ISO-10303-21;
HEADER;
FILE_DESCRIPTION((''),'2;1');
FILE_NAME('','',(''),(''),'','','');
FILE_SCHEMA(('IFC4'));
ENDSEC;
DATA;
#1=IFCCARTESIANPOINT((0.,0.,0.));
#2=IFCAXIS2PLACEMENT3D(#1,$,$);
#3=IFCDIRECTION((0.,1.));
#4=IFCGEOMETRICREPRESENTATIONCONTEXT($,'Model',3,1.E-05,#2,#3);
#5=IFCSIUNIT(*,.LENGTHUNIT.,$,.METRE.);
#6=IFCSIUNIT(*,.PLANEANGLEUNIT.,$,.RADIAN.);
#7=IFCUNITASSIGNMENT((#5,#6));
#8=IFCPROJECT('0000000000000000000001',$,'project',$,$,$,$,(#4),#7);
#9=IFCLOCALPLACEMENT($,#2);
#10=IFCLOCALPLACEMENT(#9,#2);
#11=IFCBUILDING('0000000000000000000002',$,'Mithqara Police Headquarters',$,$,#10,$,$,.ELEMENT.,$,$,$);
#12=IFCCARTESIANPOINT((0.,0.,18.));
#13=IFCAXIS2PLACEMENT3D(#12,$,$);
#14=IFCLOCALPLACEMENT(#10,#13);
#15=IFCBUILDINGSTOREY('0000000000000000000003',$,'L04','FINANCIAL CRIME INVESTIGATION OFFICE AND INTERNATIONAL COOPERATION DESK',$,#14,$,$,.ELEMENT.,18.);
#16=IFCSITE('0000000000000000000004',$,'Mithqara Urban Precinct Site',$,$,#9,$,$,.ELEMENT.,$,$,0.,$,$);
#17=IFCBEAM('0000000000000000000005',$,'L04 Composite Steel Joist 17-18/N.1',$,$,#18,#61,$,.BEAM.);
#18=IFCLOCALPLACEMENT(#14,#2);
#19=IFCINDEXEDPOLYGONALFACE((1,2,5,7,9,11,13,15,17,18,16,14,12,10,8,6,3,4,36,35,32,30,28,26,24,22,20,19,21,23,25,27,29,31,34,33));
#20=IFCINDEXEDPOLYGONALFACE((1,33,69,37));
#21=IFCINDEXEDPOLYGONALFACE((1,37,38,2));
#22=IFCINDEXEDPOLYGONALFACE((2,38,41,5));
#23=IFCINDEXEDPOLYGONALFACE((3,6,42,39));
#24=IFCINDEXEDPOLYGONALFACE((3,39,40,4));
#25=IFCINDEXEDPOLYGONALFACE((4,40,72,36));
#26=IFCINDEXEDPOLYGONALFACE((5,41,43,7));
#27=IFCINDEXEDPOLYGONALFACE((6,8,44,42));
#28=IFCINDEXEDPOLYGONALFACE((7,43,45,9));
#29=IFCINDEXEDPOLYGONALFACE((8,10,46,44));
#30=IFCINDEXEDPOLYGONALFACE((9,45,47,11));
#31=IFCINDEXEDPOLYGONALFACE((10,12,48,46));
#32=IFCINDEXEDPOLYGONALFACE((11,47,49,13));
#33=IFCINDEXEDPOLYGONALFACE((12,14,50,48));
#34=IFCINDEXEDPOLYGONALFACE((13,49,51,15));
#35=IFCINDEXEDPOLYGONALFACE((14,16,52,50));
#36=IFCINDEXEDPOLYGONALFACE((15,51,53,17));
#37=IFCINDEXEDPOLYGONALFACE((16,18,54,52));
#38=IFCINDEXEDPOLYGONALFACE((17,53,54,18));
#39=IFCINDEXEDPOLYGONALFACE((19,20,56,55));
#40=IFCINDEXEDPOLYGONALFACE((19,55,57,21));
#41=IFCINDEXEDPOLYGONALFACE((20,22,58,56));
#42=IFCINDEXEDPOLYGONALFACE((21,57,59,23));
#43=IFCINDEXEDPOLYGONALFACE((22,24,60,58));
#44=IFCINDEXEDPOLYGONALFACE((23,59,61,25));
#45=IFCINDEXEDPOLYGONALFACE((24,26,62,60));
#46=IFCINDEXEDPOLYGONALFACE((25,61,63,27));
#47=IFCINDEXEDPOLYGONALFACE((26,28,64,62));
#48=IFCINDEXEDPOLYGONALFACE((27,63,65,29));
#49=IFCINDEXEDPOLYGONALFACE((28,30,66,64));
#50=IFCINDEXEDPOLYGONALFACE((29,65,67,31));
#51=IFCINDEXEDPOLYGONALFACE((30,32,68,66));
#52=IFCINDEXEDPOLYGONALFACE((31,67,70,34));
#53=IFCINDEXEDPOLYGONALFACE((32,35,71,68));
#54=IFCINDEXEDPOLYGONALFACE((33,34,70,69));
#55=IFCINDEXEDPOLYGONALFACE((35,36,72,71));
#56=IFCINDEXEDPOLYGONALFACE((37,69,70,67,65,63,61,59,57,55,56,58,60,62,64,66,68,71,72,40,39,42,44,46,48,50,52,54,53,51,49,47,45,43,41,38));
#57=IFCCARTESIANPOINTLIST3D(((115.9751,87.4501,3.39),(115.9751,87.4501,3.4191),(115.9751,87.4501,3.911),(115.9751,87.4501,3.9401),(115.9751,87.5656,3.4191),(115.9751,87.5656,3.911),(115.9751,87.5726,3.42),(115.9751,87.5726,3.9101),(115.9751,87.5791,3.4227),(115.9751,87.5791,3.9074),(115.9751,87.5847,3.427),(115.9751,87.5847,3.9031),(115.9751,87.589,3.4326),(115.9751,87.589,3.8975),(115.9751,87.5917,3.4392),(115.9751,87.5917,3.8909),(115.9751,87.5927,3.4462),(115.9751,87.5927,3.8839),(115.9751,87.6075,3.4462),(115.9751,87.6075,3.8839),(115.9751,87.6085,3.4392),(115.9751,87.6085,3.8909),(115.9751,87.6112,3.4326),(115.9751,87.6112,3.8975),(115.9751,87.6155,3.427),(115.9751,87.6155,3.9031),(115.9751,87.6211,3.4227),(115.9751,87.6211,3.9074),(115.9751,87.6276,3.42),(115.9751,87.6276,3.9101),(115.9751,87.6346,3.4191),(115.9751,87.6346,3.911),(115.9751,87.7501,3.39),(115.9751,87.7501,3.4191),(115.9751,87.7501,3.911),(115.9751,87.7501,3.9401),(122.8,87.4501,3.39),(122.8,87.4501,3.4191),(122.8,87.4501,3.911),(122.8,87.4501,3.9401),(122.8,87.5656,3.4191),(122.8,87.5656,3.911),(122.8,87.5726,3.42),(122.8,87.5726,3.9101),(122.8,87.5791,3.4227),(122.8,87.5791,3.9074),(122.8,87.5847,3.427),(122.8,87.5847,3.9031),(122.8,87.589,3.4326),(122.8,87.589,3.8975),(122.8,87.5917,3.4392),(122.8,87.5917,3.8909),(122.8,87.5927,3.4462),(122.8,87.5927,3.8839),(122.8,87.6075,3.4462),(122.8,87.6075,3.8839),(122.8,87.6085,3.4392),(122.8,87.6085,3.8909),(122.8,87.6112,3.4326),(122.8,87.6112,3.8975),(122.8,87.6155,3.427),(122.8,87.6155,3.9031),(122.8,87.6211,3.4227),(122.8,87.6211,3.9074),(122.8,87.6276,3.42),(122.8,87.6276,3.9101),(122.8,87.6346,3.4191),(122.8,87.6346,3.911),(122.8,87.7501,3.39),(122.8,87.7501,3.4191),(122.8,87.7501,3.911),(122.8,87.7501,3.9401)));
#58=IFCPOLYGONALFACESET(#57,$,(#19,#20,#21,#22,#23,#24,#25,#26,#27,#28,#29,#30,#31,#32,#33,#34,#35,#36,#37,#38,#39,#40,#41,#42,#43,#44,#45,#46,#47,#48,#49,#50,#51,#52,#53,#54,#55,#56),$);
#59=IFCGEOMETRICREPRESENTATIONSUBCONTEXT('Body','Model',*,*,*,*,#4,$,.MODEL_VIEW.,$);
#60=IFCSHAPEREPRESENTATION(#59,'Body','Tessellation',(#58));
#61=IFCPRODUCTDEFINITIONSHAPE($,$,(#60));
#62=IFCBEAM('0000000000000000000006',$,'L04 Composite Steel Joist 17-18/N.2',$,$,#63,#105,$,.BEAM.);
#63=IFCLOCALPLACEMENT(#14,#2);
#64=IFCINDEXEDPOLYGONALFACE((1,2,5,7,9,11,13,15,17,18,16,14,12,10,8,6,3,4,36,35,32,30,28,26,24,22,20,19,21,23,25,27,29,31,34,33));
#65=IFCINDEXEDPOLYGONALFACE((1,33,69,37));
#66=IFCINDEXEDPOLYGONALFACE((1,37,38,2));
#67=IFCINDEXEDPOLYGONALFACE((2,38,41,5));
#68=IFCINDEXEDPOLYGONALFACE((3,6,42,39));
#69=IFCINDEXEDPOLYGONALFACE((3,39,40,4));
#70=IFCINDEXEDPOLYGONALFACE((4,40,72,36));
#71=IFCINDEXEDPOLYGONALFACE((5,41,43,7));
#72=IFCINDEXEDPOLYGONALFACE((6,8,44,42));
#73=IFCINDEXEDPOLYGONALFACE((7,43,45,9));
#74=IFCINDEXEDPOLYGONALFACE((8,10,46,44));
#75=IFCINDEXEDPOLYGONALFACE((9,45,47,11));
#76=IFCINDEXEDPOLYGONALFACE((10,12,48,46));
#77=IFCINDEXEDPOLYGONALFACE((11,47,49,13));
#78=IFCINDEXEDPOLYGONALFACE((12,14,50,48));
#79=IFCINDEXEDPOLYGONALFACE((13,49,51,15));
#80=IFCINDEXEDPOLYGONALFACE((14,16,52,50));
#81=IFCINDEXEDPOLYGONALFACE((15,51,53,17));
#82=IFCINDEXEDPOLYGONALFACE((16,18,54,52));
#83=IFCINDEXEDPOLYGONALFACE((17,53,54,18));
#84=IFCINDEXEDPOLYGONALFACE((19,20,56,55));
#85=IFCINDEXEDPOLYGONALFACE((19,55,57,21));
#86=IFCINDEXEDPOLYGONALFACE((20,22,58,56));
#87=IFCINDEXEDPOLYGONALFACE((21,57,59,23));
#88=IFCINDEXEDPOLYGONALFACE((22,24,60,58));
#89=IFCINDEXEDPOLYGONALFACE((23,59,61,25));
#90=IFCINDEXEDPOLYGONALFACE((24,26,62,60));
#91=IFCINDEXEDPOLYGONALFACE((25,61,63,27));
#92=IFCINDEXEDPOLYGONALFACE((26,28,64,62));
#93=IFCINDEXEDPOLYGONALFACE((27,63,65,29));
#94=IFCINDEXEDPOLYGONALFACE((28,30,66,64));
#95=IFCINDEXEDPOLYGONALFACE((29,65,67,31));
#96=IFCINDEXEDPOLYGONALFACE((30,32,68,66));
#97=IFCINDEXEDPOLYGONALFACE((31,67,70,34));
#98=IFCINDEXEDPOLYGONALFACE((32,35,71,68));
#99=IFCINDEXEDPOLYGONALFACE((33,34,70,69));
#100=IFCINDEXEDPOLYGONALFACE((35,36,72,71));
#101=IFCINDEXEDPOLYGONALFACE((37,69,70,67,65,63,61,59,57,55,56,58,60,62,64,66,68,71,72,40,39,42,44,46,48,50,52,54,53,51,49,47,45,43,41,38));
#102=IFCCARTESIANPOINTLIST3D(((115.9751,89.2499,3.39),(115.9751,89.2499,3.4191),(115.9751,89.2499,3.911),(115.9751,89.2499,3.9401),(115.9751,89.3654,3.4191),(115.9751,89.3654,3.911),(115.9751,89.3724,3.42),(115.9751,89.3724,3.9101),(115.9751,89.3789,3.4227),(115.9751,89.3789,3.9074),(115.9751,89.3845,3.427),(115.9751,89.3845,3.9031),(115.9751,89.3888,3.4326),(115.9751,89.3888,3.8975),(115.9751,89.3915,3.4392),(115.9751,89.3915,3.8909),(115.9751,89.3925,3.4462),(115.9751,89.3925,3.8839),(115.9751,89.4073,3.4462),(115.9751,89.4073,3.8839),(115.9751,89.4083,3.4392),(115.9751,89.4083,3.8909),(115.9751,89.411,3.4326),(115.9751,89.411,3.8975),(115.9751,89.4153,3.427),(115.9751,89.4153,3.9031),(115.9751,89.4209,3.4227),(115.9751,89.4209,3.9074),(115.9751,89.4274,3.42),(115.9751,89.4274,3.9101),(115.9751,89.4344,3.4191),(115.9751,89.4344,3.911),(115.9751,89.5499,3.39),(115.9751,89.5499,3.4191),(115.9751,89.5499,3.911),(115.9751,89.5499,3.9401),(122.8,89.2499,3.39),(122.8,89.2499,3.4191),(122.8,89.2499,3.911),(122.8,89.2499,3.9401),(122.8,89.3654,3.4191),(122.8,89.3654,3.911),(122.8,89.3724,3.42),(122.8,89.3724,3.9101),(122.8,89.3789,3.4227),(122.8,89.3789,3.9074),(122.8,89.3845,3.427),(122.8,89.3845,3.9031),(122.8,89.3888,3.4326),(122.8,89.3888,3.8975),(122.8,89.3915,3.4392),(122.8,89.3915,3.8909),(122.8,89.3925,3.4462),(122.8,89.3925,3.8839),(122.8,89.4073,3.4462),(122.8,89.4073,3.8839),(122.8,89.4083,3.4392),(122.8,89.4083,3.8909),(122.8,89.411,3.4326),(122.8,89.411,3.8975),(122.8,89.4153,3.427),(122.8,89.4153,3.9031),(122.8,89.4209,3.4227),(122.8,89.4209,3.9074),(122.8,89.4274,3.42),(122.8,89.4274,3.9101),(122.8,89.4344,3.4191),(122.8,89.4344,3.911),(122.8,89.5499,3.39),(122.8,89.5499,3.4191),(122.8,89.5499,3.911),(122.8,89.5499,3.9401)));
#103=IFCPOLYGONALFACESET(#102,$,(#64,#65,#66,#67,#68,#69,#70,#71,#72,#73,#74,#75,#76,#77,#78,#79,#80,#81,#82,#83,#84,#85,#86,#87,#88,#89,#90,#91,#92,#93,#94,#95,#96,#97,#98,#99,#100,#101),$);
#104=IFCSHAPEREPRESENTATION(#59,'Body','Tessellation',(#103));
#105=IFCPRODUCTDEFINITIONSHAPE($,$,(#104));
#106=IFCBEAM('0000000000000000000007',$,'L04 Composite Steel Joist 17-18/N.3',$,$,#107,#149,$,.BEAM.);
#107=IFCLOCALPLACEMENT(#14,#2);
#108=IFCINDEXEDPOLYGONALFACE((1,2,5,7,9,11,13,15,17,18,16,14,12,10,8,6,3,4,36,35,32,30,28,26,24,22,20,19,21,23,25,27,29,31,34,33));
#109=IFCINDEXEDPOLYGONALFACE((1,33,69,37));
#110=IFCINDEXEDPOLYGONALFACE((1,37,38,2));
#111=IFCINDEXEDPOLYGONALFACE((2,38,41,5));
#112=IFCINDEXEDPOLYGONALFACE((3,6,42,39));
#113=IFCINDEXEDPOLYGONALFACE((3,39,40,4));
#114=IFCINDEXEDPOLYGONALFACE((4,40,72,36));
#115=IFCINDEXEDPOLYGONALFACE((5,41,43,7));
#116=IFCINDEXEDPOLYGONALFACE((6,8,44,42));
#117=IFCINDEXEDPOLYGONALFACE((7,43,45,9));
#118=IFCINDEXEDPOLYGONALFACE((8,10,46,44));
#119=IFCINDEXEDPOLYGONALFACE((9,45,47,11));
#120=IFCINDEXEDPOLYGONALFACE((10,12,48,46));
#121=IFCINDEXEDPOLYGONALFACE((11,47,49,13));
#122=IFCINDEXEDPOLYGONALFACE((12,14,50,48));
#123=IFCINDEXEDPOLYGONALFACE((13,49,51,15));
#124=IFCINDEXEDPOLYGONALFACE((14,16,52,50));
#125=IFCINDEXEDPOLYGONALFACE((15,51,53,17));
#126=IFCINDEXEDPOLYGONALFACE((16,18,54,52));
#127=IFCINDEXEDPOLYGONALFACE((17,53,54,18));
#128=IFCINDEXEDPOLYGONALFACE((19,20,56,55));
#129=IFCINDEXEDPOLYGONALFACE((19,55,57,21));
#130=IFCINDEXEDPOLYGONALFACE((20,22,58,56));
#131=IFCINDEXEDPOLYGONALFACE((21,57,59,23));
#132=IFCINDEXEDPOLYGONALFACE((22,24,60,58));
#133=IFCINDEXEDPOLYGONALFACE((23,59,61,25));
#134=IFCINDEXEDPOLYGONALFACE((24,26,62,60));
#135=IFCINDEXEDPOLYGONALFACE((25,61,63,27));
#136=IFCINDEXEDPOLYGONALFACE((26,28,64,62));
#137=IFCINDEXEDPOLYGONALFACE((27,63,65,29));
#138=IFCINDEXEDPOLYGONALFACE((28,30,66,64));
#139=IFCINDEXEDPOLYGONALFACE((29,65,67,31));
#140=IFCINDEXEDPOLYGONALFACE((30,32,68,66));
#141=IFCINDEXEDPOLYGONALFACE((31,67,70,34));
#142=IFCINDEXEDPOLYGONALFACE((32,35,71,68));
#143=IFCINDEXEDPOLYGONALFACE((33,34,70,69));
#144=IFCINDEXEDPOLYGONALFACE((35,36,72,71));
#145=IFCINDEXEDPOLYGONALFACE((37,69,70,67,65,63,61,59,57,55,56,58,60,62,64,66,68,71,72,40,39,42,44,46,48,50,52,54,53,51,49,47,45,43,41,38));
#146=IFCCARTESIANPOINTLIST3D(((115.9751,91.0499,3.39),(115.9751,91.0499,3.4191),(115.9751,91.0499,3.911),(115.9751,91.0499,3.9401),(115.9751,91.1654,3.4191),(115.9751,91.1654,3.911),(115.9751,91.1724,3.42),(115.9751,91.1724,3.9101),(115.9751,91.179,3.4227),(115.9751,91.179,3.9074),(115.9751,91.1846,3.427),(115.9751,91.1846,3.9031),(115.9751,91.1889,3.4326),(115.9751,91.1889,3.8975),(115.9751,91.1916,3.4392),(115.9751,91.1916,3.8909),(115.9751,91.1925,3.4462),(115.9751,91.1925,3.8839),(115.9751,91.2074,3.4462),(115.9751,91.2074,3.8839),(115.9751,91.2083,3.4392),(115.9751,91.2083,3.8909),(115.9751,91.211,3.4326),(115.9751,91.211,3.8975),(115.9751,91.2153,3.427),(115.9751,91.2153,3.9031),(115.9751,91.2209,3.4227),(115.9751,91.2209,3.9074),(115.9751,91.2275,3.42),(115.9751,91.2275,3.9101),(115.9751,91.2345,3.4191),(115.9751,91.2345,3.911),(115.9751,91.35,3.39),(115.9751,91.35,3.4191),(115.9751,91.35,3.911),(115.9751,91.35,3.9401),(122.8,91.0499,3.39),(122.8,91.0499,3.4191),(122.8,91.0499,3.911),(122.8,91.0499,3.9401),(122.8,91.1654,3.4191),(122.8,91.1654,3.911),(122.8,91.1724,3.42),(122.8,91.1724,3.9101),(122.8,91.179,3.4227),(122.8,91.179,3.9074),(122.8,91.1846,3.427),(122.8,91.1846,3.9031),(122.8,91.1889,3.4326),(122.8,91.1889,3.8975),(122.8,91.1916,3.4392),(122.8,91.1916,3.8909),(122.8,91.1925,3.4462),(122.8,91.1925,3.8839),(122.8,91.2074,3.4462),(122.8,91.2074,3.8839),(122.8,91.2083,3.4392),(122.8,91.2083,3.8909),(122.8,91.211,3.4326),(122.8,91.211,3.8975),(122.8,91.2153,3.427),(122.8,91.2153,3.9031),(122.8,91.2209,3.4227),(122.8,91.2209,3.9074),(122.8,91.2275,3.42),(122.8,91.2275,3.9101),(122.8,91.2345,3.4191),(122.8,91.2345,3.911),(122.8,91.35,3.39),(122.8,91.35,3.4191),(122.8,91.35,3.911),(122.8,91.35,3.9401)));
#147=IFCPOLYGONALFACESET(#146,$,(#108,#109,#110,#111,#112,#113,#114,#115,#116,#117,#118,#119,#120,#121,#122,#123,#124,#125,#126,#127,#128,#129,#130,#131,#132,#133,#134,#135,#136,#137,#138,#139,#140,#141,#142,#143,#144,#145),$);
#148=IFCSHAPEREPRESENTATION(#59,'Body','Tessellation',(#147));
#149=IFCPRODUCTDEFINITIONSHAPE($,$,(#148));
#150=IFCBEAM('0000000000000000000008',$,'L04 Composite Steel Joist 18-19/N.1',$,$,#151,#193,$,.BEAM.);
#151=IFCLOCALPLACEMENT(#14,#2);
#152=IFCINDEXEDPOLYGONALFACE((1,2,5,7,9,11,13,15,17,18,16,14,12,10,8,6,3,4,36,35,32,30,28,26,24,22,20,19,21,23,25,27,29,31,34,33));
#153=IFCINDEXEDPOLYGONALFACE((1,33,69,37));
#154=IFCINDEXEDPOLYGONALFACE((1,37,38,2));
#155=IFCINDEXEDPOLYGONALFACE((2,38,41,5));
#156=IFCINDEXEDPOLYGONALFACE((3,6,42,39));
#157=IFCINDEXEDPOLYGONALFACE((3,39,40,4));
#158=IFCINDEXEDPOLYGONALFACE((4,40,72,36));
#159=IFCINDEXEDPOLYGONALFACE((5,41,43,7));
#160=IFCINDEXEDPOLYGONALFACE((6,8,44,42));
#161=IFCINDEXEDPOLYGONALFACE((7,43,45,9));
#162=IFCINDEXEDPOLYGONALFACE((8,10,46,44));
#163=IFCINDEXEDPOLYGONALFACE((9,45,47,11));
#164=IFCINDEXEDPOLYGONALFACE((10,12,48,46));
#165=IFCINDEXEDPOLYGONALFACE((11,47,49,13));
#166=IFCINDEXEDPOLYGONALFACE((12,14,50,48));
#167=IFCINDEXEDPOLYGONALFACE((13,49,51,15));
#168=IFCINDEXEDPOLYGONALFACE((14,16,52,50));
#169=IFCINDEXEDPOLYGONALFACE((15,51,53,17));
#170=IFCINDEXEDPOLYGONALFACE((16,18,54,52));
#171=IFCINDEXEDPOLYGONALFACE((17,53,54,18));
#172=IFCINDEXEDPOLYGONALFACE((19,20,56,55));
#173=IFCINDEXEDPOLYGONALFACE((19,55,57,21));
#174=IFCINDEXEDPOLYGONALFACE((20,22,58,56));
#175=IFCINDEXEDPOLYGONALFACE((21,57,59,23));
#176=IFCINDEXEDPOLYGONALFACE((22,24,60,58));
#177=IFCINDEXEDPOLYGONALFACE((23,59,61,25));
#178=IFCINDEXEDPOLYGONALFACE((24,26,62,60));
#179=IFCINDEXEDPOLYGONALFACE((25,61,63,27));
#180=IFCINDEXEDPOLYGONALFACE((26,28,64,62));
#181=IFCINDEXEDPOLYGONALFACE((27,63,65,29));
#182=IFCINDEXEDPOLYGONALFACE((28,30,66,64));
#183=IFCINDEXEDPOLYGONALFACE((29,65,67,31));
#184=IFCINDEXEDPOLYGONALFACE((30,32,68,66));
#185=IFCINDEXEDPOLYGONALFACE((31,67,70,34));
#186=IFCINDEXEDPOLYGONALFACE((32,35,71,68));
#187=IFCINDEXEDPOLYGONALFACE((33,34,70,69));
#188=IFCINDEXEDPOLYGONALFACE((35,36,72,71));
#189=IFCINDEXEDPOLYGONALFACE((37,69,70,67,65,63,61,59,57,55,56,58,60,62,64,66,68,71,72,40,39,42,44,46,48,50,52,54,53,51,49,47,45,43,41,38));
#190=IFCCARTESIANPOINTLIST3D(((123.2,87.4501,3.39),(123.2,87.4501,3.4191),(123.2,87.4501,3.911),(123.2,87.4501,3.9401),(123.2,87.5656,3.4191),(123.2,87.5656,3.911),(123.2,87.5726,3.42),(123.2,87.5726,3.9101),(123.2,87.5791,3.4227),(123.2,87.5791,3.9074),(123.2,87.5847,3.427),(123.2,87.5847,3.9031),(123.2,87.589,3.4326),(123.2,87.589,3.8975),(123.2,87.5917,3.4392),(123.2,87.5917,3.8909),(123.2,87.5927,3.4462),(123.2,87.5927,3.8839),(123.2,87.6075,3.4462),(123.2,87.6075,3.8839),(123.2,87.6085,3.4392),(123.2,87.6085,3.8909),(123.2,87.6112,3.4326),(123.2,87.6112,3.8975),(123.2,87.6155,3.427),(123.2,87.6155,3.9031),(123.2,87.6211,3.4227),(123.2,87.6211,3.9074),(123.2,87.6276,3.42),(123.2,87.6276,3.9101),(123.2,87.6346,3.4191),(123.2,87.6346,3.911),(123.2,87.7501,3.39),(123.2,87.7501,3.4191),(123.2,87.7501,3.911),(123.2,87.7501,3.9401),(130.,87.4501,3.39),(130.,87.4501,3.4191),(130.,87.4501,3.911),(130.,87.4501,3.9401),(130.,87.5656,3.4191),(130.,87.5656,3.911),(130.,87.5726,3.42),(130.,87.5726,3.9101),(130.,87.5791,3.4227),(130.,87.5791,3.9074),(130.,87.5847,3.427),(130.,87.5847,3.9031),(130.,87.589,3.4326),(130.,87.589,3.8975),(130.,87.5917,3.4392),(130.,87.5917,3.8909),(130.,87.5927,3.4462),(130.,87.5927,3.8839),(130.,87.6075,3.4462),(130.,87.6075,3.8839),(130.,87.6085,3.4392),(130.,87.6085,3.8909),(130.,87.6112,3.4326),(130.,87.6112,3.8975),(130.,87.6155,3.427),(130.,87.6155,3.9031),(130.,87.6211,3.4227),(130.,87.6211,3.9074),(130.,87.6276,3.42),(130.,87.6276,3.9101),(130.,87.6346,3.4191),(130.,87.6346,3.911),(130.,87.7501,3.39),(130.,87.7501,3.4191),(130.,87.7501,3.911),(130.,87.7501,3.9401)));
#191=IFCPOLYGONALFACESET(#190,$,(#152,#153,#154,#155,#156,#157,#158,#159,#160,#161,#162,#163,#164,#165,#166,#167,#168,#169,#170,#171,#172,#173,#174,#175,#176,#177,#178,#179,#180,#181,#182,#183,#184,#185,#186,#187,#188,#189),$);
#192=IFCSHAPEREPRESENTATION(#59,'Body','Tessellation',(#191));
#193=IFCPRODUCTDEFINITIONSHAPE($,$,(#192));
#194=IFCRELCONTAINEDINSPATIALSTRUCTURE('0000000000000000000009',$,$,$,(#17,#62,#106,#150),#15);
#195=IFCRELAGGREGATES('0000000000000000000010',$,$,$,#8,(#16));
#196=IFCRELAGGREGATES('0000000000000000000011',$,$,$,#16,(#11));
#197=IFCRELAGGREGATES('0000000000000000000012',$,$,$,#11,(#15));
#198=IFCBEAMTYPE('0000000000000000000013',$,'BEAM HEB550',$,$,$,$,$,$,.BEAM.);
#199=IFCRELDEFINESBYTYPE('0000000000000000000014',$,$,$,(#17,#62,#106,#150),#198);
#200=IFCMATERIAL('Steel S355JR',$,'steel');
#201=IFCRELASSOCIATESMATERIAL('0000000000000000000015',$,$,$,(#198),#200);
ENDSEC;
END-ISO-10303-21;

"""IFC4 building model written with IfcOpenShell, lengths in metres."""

from ifc_helpers import new_model, si_unit, direction, frame, origin, origin_2d, place, context, subcontext, project, spatial, i_section, extrude, material, material_profile, profile_set, type_object, element, save


model = new_model("IFC4")

# Units and contexts
model_context = context("Model", 3, precision=1e-05, world=origin(), true_north=direction((0.0, 1.0)))
body_context = subcontext(model_context, "Body", "Model", "MODEL_VIEW")
ifc_project = project(units=[si_unit("LENGTHUNIT", "METRE"), si_unit("PLANEANGLEUNIT", "RADIAN")], contexts=[model_context])

# Site, building, storey
site_placement = place(None, origin())
site = spatial("IfcSite", under=ifc_project, at=site_placement, Name="Mithqara Urban Precinct Site", CompositionType="ELEMENT", RefElevation=0.0)
building_placement = place(site_placement, origin())
building = spatial("IfcBuilding", under=site, at=building_placement, Name="Mithqara Police Headquarters", CompositionType="ELEMENT")
storey_placement = place(building_placement, frame((0.0, 0.0, 18.0)))
storey = spatial("IfcBuildingStorey", under=building, at=storey_placement, Name="L04", Description="FINANCIAL CRIME INVESTIGATION OFFICE AND INTERNATIONAL COOPERATION DESK", CompositionType="ELEMENT", Elevation=18.0)

# Beams
ifc_material_1 = material(Name="Steel S355JR", Category="steel")
ifc_material_profile_1 = material_profile(ifc_material_1, i_section(OverallWidth=0.3, OverallDepth=0.55, WebThickness=0.0149, FlangeThickness=0.0291, FilletRadius=0.0271, at=origin_2d()), Name="HEB 550")
ifc_profile_set_1 = profile_set([ifc_material_profile_1], Name="Steel S355JR")
beam_type_1 = type_object("IfcBeamType", Name="BEAM HEB550", PredefinedType="BEAM", material=ifc_profile_set_1)
for number, where, z_axis, x_axis, name in (
    (1, (115.9751, 87.6001, 3.665), (1.0, 0.0, 0.0), (0.0, 1.0, 0.0), "L04 Composite Steel Joist 17-18/N.1"),
    (2, (115.9751, 89.3999, 3.665), (1.0, 0.0, 0.0), (0.0, 1.0, 0.0), "L04 Composite Steel Joist 17-18/N.2"),
    (3, (115.9751, 91.2, 3.665), (1.0, 0.0, 0.0), (0.0, 1.0, 0.0), "L04 Composite Steel Joist 17-18/N.3"),
):
    element("IfcBeam", number, at=place(storey_placement, frame(where, z_axis=z_axis, x_axis=x_axis)), inside=storey, type_object=beam_type_1, Name=name, PredefinedType="BEAM", context=body_context, shape_type="SweptSolid", body=[
        extrude(i_section(OverallWidth=0.3, OverallDepth=0.55, WebThickness=0.0149, FlangeThickness=0.0291, FilletRadius=0.0271, at=origin_2d()), origin(), (0.0, 0.0, 1.0), 6.825),
    ])
for number, where, z_axis, x_axis, name in (
    (4, (123.2, 87.6001, 3.665), (1.0, 0.0, 0.0), (0.0, 1.0, 0.0), "L04 Composite Steel Joist 18-19/N.1"),
):
    element("IfcBeam", number, at=place(storey_placement, frame(where, z_axis=z_axis, x_axis=x_axis)), inside=storey, type_object=beam_type_1, Name=name, PredefinedType="BEAM", context=body_context, shape_type="SweptSolid", body=[
        extrude(i_section(OverallWidth=0.3, OverallDepth=0.55, WebThickness=0.0149, FlangeThickness=0.0291, FilletRadius=0.0271, at=origin_2d()), origin(), (0.0, 0.0, 1.0), 6.8),
    ])

save(model, "model.ifc")
